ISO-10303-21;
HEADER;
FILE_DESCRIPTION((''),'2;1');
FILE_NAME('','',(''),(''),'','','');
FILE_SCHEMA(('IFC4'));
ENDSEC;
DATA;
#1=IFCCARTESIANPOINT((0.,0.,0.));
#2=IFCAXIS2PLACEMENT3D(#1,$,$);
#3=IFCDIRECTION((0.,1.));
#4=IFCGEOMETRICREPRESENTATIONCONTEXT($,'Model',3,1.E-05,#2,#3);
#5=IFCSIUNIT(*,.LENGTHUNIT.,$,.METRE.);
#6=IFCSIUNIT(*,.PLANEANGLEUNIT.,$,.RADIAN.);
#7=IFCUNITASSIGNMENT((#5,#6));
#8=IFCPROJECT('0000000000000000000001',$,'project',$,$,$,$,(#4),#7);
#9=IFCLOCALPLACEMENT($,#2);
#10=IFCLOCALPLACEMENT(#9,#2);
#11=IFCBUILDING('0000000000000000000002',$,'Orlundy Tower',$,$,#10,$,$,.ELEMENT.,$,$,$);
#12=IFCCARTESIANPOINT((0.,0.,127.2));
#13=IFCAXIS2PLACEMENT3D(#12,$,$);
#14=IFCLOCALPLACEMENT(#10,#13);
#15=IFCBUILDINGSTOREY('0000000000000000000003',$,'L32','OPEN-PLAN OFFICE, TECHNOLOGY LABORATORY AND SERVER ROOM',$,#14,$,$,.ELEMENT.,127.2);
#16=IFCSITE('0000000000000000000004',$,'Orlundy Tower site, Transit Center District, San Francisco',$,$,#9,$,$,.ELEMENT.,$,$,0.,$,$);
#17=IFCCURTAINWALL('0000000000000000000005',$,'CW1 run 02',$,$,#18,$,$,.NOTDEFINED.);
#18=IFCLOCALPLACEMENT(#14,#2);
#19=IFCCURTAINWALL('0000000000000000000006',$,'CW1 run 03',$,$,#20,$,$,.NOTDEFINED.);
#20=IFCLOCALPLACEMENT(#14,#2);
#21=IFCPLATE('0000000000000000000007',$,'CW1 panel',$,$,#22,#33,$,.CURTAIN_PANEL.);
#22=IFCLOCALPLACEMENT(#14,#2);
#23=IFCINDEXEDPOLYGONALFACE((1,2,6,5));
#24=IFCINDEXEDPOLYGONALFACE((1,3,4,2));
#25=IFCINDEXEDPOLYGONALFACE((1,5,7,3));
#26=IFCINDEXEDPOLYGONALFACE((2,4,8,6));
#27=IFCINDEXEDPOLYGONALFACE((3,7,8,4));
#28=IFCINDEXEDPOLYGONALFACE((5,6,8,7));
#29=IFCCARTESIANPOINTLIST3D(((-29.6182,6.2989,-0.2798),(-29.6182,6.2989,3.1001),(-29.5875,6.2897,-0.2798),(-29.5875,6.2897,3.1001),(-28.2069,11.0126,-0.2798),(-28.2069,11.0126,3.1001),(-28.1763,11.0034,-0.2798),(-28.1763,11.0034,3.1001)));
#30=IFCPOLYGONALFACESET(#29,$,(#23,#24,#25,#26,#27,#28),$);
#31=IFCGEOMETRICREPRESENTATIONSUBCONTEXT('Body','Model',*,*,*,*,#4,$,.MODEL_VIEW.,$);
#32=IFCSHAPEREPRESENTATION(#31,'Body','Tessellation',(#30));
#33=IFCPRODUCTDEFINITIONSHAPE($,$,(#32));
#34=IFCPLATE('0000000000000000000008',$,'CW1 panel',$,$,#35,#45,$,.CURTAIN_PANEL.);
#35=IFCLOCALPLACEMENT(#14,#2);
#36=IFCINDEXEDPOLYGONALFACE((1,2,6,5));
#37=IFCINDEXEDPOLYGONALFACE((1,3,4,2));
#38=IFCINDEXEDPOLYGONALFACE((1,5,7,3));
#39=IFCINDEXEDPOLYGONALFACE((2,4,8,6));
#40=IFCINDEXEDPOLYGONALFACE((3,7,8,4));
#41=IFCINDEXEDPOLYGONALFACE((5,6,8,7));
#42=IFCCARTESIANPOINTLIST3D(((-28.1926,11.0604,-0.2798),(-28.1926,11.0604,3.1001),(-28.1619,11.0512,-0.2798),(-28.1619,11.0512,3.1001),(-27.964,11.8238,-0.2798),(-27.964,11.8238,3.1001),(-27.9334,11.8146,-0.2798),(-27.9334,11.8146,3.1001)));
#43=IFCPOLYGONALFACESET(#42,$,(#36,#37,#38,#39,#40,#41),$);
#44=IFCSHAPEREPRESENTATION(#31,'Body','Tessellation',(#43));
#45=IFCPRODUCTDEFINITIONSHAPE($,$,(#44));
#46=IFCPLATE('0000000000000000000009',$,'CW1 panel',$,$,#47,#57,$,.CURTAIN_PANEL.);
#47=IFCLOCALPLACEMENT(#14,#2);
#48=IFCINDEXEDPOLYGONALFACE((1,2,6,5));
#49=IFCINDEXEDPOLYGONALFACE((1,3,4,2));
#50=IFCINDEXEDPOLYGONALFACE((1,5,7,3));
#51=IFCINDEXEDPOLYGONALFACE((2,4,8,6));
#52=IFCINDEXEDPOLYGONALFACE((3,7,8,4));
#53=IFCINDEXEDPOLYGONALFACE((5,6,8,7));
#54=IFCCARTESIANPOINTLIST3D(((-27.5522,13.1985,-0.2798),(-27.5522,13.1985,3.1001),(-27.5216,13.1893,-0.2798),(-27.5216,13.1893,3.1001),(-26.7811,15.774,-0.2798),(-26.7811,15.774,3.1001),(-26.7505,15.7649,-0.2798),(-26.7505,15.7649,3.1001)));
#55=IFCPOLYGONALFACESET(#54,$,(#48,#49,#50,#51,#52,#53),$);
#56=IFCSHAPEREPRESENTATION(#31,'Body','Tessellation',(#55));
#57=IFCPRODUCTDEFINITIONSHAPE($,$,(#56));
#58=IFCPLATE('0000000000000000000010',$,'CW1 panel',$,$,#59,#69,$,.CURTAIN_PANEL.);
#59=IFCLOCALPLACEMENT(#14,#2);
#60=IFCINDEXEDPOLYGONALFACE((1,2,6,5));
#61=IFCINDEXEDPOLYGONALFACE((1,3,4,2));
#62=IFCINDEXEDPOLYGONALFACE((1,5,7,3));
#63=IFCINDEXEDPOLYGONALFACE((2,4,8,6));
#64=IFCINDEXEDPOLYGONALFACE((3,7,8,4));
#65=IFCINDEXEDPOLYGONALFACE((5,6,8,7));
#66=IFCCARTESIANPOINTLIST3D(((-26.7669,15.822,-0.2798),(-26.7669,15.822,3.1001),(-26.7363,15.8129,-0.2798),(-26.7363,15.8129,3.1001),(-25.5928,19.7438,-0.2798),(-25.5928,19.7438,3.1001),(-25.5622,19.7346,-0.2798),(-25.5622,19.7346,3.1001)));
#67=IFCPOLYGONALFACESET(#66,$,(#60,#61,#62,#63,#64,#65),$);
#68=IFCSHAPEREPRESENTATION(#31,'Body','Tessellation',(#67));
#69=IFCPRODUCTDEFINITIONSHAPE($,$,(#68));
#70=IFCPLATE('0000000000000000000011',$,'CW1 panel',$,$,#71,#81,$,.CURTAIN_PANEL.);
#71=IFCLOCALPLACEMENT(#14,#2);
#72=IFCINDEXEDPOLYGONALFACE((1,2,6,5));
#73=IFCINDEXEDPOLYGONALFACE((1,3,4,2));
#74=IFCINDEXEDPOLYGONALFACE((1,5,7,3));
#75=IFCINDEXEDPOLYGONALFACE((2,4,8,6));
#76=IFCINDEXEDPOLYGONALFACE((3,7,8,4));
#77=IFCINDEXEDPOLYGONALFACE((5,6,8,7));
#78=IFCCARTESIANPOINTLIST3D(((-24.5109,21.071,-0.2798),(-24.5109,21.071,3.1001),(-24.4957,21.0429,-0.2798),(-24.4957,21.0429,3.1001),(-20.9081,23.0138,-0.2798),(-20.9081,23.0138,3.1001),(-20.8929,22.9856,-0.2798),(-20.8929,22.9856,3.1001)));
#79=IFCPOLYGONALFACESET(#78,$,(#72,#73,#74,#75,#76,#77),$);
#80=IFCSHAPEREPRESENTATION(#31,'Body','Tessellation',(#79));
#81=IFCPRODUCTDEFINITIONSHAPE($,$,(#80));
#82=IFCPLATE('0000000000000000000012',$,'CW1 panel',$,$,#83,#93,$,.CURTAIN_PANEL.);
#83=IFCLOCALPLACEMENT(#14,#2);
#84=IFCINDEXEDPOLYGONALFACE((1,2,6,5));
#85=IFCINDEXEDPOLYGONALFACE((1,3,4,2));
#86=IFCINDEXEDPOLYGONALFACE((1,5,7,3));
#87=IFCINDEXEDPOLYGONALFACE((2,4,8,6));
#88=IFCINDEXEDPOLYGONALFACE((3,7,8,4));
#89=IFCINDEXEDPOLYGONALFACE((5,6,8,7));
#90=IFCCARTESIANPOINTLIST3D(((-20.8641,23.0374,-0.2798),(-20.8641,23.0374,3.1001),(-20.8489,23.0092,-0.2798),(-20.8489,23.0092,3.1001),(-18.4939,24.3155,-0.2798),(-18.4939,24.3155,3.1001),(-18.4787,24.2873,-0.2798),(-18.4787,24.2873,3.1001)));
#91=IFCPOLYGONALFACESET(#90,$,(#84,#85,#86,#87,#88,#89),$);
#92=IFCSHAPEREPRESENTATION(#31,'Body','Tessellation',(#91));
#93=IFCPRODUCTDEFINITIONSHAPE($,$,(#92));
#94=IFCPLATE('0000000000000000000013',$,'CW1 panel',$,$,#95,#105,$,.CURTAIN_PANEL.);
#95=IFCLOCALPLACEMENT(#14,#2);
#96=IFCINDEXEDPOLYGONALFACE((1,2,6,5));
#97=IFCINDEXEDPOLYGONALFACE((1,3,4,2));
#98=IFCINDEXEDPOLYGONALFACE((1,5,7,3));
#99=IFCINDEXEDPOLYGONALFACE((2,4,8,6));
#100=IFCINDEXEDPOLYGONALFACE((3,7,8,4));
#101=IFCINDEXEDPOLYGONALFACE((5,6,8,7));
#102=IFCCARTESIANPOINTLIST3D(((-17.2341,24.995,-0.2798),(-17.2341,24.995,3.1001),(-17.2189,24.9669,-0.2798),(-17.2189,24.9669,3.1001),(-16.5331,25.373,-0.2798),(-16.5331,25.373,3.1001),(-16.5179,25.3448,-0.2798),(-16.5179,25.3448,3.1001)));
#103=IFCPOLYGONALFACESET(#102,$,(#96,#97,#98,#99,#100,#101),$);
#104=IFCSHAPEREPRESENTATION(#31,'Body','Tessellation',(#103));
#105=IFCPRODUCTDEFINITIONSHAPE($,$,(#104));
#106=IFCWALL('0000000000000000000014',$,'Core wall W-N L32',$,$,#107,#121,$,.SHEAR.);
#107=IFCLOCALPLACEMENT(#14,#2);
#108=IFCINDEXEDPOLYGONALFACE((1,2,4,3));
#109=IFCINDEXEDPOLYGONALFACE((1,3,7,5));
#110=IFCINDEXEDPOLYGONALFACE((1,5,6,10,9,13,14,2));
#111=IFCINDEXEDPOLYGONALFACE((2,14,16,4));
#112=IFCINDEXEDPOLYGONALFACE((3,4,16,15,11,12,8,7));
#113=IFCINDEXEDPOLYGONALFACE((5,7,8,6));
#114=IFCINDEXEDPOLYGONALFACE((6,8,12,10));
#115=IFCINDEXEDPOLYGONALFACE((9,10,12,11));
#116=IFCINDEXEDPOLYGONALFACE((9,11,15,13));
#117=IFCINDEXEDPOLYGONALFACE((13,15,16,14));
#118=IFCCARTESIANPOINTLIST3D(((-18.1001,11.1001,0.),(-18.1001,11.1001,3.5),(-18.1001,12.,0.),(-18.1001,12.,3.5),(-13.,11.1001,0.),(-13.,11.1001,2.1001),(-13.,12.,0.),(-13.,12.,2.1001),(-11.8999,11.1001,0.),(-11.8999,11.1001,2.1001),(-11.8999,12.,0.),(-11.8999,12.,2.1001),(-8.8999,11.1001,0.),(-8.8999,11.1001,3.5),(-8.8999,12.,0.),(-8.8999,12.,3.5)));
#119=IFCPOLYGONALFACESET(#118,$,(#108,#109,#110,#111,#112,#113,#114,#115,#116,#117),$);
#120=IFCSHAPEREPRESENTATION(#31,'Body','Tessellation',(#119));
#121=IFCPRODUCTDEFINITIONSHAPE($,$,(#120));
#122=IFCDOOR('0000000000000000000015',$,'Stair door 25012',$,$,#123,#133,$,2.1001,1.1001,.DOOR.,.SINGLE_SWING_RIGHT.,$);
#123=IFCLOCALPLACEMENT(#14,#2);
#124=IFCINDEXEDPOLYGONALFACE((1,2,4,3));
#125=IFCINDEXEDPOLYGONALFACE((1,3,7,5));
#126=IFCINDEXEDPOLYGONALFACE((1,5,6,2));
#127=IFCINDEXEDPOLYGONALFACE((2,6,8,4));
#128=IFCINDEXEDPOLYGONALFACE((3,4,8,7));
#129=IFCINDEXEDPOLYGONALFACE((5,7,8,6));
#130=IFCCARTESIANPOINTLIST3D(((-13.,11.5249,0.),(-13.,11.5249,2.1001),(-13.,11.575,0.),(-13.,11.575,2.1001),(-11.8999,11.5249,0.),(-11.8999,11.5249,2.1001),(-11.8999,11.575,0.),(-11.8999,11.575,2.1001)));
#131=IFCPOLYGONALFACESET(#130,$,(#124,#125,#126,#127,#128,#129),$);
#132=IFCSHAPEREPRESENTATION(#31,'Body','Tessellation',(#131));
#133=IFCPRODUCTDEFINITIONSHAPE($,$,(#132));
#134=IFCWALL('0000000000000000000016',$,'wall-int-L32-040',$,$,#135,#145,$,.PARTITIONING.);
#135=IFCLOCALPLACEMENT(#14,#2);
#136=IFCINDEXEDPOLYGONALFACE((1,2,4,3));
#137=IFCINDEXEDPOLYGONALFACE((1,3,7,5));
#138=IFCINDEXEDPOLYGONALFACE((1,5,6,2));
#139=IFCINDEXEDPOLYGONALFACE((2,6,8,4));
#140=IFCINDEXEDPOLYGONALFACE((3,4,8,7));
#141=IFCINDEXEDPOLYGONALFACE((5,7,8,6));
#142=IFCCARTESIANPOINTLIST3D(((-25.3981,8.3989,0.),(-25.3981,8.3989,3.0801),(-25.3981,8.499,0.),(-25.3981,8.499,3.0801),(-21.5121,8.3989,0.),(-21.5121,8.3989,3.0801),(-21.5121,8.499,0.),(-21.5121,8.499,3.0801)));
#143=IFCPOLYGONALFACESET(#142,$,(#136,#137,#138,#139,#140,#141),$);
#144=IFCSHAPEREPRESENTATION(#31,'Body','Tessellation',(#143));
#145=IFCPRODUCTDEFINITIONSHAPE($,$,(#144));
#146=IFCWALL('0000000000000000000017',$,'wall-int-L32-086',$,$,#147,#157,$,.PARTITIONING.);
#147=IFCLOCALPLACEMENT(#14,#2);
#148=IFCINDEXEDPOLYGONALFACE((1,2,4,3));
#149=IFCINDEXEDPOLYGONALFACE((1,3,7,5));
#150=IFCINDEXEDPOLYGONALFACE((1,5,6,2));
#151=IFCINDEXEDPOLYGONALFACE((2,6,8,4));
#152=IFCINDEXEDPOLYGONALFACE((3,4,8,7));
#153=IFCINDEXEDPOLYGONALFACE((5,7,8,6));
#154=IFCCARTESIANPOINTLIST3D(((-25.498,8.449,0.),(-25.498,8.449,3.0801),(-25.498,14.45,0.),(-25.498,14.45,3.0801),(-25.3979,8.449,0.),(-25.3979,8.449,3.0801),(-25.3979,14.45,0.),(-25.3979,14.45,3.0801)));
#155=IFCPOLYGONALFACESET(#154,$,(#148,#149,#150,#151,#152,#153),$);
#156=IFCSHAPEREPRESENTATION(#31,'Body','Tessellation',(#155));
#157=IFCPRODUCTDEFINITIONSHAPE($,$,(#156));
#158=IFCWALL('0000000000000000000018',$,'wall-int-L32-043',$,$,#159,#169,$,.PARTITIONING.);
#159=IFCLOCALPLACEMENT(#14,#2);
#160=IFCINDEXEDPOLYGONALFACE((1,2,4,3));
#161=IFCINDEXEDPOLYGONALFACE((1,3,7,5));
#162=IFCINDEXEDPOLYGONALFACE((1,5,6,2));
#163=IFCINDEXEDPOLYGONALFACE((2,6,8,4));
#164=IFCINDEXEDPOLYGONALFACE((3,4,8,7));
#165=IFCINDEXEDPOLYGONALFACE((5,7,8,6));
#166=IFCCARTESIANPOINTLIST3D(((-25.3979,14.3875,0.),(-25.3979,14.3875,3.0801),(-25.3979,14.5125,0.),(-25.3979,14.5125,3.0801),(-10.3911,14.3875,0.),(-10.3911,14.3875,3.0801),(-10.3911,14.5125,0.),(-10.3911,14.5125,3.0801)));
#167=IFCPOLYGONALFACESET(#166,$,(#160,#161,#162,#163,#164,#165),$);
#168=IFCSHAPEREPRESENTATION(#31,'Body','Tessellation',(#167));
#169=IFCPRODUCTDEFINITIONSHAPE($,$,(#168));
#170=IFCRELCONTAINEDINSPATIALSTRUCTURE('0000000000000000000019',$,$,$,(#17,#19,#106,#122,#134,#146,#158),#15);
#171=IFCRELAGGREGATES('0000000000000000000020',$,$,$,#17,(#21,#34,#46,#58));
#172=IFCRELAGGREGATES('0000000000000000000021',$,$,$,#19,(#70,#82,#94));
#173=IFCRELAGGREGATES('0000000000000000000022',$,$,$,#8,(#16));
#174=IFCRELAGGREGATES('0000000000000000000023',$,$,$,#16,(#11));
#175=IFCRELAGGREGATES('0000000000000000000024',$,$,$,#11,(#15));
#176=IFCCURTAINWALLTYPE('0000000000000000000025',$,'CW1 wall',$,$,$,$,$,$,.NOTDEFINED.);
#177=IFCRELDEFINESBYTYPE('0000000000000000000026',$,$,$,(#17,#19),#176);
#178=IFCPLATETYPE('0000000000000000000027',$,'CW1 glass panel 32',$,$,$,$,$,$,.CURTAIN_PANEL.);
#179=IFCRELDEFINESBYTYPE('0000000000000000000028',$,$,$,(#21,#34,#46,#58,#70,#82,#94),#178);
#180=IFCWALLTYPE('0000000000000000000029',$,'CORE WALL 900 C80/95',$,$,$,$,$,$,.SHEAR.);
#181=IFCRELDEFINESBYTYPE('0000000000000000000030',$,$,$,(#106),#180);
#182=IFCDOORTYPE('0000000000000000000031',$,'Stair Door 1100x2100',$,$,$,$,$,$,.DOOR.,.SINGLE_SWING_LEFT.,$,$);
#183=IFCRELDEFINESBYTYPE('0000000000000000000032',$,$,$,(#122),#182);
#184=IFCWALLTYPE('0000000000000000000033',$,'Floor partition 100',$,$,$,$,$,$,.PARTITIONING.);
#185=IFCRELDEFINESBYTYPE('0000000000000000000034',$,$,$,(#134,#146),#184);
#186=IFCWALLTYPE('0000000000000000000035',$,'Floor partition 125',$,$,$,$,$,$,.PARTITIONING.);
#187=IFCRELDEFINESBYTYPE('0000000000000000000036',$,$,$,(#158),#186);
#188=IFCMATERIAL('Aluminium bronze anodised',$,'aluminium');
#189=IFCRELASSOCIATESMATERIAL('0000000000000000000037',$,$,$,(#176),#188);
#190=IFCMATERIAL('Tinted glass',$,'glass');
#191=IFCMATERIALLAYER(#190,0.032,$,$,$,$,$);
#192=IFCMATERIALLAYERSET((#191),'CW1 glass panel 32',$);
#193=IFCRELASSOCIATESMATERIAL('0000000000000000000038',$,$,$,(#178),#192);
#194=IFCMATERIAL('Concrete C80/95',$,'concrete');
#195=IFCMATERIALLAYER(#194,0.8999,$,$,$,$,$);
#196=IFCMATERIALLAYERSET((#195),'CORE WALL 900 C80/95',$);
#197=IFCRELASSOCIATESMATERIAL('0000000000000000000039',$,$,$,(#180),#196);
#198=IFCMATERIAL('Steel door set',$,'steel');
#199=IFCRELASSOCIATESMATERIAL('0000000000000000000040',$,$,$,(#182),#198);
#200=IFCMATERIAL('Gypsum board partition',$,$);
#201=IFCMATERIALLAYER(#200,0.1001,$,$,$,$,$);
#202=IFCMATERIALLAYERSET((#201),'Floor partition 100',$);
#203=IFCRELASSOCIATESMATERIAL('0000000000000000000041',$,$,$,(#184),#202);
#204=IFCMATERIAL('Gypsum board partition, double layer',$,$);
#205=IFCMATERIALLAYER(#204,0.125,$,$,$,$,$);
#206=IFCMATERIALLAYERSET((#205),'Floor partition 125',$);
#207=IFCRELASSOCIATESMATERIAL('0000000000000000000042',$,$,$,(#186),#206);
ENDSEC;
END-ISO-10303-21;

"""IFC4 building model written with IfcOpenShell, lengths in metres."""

from ifc_helpers import new_model, si_unit, direction, frame, frame_2d, origin, origin_2d, place, context, subcontext, project, spatial, rectangle, extrude, material, layer, layer_set, type_object, element, fill, aggregate, save


model = new_model("IFC4")

# Units and contexts
model_context = context("Model", 3, precision=1e-05, world=origin(), true_north=direction((0.0, 1.0)))
body_context = subcontext(model_context, "Body", "Model", "MODEL_VIEW")
ifc_project = project(units=[si_unit("LENGTHUNIT", "METRE"), si_unit("PLANEANGLEUNIT", "RADIAN")], contexts=[model_context])

# Site, building, storey
site_placement = place(None, origin())
site = spatial("IfcSite", under=ifc_project, at=site_placement, Name="Orlundy Tower site, Transit Center District, San Francisco", CompositionType="ELEMENT", RefElevation=0.0)
building_placement = place(site_placement, origin())
building = spatial("IfcBuilding", under=site, at=building_placement, Name="Orlundy Tower", CompositionType="ELEMENT")
storey_placement = place(building_placement, frame((0.0, 0.0, 127.2)))
storey = spatial("IfcBuildingStorey", under=building, at=storey_placement, Name="L32", Description="OPEN-PLAN OFFICE, TECHNOLOGY LABORATORY AND SERVER ROOM", CompositionType="ELEMENT", Elevation=127.2)

# Curtain walls
ifc_material_1 = material(Name="Aluminium bronze anodised", Category="aluminium")
curtain_wall_type = type_object("IfcCurtainWallType", Name="CW1 wall", PredefinedType="NOTDEFINED", material=ifc_material_1)
curtain_wall_1_placement = place(storey_placement, origin())
curtain_wall_1 = element("IfcCurtainWall", 1, at=curtain_wall_1_placement, inside=storey, type_object=curtain_wall_type, Name="CW1 run 02", PredefinedType="NOTDEFINED")
curtain_wall_2_placement = place(storey_placement, origin())
curtain_wall_2 = element("IfcCurtainWall", 2, at=curtain_wall_2_placement, inside=storey, type_object=curtain_wall_type, Name="CW1 run 03", PredefinedType="NOTDEFINED")

# Plates
ifc_material_2 = material(Name="Tinted glass", Category="glass")
ifc_layer_1 = layer(ifc_material_2, 0.032)
ifc_layer_set_1 = layer_set([ifc_layer_1], Name="CW1 glass panel 32")
plate_type = type_object("IfcPlateType", Name="CW1 glass panel 32", PredefinedType="CURTAIN_PANEL", material=ifc_layer_set_1)
plate_1_placement = place(storey_placement, frame((-28.8972, 8.6511, -0.2798), z_axis=(0.0, 0.0, 1.0), x_axis=(0.286816, 0.957986, 0.0)))
plate_1 = element("IfcPlate", 3, at=plate_1_placement, type_object=plate_type, Name="CW1 panel", PredefinedType="CURTAIN_PANEL", context=body_context, shape_type="SweptSolid", body=[
    extrude(rectangle(XDim=4.9204, YDim=0.032, at=origin_2d()), origin(), (0.0, 0.0, 1.0), 3.3799),
])
plate_2_placement = place(storey_placement, frame((-28.063, 11.4375, -0.2798), z_axis=(0.0, 0.0, 1.0), x_axis=(0.286816, 0.957986, 0.0)))
plate_2 = element("IfcPlate", 4, at=plate_2_placement, type_object=plate_type, Name="CW1 panel", PredefinedType="CURTAIN_PANEL", context=body_context, shape_type="SweptSolid", body=[
    extrude(rectangle(XDim=0.7969, YDim=0.032, at=origin_2d()), origin(), (0.0, 0.0, 1.0), 3.3799),
])
plate_3_placement = place(storey_placement, frame((-27.1514, 14.4817, -0.2798), z_axis=(0.0, 0.0, 1.0), x_axis=(0.286816, 0.957986, 0.0)))
plate_3 = element("IfcPlate", 5, at=plate_3_placement, type_object=plate_type, Name="CW1 panel", PredefinedType="CURTAIN_PANEL", context=body_context, shape_type="SweptSolid", body=[
    extrude(rectangle(XDim=2.6885, YDim=0.032, at=origin_2d()), origin(), (0.0, 0.0, 1.0), 3.3799),
])
plate_4_placement = place(storey_placement, frame((-26.1646, 17.7783, -0.2798), z_axis=(0.0, 0.0, 1.0), x_axis=(0.286816, 0.957986, 0.0)))
plate_4 = element("IfcPlate", 6, at=plate_4_placement, type_object=plate_type, Name="CW1 panel", PredefinedType="CURTAIN_PANEL", context=body_context, shape_type="SweptSolid", body=[
    extrude(rectangle(XDim=4.0938, YDim=0.032, at=origin_2d()), origin(), (0.0, 0.0, 1.0), 3.3799),
])
aggregate(curtain_wall_1, [plate_1, plate_2, plate_3, plate_4])
plate_5_placement = place(storey_placement, frame((-22.7019, 22.0283, -0.2798), z_axis=(0.0, 0.0, 1.0), x_axis=(0.880192, 0.474618, 0.0)))
plate_5 = element("IfcPlate", 7, at=plate_5_placement, type_object=plate_type, Name="CW1 panel", PredefinedType="CURTAIN_PANEL", context=body_context, shape_type="SweptSolid", body=[
    extrude(rectangle(XDim=4.0933, YDim=0.032, at=origin_2d()), origin(), (0.0, 0.0, 1.0), 3.3799),
])
plate_6_placement = place(storey_placement, frame((-19.6714, 23.6624, -0.2798), z_axis=(0.0, 0.0, 1.0), x_axis=(0.880192, 0.474618, 0.0)))
plate_6 = element("IfcPlate", 8, at=plate_6_placement, type_object=plate_type, Name="CW1 panel", PredefinedType="CURTAIN_PANEL", context=body_context, shape_type="SweptSolid", body=[
    extrude(rectangle(XDim=2.6929, YDim=0.032, at=origin_2d()), origin(), (0.0, 0.0, 1.0), 3.3799),
])
plate_7_placement = place(storey_placement, frame((-16.876, 25.1699, -0.2798), z_axis=(0.0, 0.0, 1.0), x_axis=(0.880192, 0.474618, 0.0)))
plate_7 = element("IfcPlate", 9, at=plate_7_placement, type_object=plate_type, Name="CW1 panel", PredefinedType="CURTAIN_PANEL", context=body_context, shape_type="SweptSolid", body=[
    extrude(rectangle(XDim=0.7964, YDim=0.032, at=origin_2d()), origin(), (0.0, 0.0, 1.0), 3.3799),
])
aggregate(curtain_wall_2, [plate_5, plate_6, plate_7])

# Wall, opening, door
ifc_material_3 = material(Name="Concrete C80/95", Category="concrete")
ifc_layer_2 = layer(ifc_material_3, 0.8999)
ifc_layer_set_2 = layer_set([ifc_layer_2], Name="CORE WALL 900 C80/95")
wall_type_1 = type_object("IfcWallType", Name="CORE WALL 900 C80/95", PredefinedType="SHEAR", material=ifc_layer_set_2)
wall_1_placement = place(storey_placement, frame((-18.1001, 11.55, 0.0), z_axis=(0.0, 0.0, 1.0), x_axis=(1.0, 0.0, 0.0)))
wall_1 = element("IfcWall", 10, at=wall_1_placement, inside=storey, type_object=wall_type_1, Name="Core wall W-N L32", PredefinedType="SHEAR", context=body_context, shape_type="SweptSolid", body=[
    extrude(rectangle(XDim=9.2002, YDim=0.8999, at=frame_2d((4.6001, 0.0))), origin(), (0.0, 0.0, 1.0), 3.5),
])
opening_1_placement = place(wall_1_placement, frame((5.1001, 0.0, 0.0)))
opening_1 = element("IfcOpeningElement", 11, at=opening_1_placement, cuts=wall_1, PredefinedType="OPENING", context=body_context, shape_type="SweptSolid", body=[
    extrude(rectangle(XDim=1.1001, YDim=2.1001, at=frame_2d((0.55, 1.05))), frame((0.0, 0.46, 0.0), z_axis=(0.0, -1.0, 0.0), x_axis=(1.0, 0.0, 0.0)), (0.0, 0.0, 1.0), 0.9199),
])
ifc_material_4 = material(Name="Steel door set", Category="steel")
door_type_1 = type_object("IfcDoorType", Name="Stair Door 1100x2100", OperationType="SINGLE_SWING_LEFT", PredefinedType="DOOR", material=ifc_material_4)
door_1_placement = place(opening_1_placement, origin())
door_1 = element("IfcDoor", 12, at=door_1_placement, inside=storey, type_object=door_type_1, Name="Stair door 25012", OperationType="SINGLE_SWING_RIGHT", OverallHeight=2.1001, OverallWidth=1.1001, PredefinedType="DOOR", context=body_context, shape_type="SweptSolid", body=[
    extrude(rectangle(XDim=1.1001, YDim=2.1001, at=frame_2d((0.55, 1.05))), frame((0.0, 0.0249, 0.0), z_axis=(0.0, -1.0, 0.0), x_axis=(1.0, 0.0, 0.0)), (0.0, 0.0, 1.0), 0.05),
])
fill(opening_1, door_1)

# Walls
ifc_material_5 = material(Name="Gypsum board partition")
ifc_layer_3 = layer(ifc_material_5, 0.1001)
ifc_layer_set_3 = layer_set([ifc_layer_3], Name="Floor partition 100")
wall_type_2 = type_object("IfcWallType", Name="Floor partition 100", PredefinedType="PARTITIONING", material=ifc_layer_set_3)
wall_2_placement = place(storey_placement, frame((-25.3979, 8.449, 0.0), z_axis=(0.0, 0.0, 1.0), x_axis=(1.0, 0.0, 0.0)))
element("IfcWall", 13, at=wall_2_placement, inside=storey, type_object=wall_type_2, Name="wall-int-L32-040", PredefinedType="PARTITIONING", context=body_context, shape_type="SweptSolid", body=[
    extrude(rectangle(XDim=3.886, YDim=0.1001, at=frame_2d((1.9429, 0.0))), origin(), (0.0, 0.0, 1.0), 3.0801),
])
wall_3_placement = place(storey_placement, frame((-25.448, 8.449, 0.0), z_axis=(0.0, 0.0, 1.0), x_axis=(0.0, 1.0, 0.0)))
element("IfcWall", 14, at=wall_3_placement, inside=storey, type_object=wall_type_2, Name="wall-int-L32-086", PredefinedType="PARTITIONING", context=body_context, shape_type="SweptSolid", body=[
    extrude(rectangle(XDim=6.001, YDim=0.1001, at=frame_2d((3.0005, 0.0))), origin(), (0.0, 0.0, 1.0), 3.0801),
])
ifc_material_6 = material(Name="Gypsum board partition, double layer")
ifc_layer_4 = layer(ifc_material_6, 0.125)
ifc_layer_set_4 = layer_set([ifc_layer_4], Name="Floor partition 125")
wall_type_3 = type_object("IfcWallType", Name="Floor partition 125", PredefinedType="PARTITIONING", material=ifc_layer_set_4)
wall_4_placement = place(storey_placement, frame((-25.3979, 14.45, 0.0), z_axis=(0.0, 0.0, 1.0), x_axis=(1.0, 0.0, 0.0)))
element("IfcWall", 15, at=wall_4_placement, inside=storey, type_object=wall_type_3, Name="wall-int-L32-043", PredefinedType="PARTITIONING", context=body_context, shape_type="SweptSolid", body=[
    extrude(rectangle(XDim=15.0068, YDim=0.125, at=frame_2d((7.5034, 0.0))), origin(), (0.0, 0.0, 1.0), 3.0801),
])

save(model, "model.ifc")
